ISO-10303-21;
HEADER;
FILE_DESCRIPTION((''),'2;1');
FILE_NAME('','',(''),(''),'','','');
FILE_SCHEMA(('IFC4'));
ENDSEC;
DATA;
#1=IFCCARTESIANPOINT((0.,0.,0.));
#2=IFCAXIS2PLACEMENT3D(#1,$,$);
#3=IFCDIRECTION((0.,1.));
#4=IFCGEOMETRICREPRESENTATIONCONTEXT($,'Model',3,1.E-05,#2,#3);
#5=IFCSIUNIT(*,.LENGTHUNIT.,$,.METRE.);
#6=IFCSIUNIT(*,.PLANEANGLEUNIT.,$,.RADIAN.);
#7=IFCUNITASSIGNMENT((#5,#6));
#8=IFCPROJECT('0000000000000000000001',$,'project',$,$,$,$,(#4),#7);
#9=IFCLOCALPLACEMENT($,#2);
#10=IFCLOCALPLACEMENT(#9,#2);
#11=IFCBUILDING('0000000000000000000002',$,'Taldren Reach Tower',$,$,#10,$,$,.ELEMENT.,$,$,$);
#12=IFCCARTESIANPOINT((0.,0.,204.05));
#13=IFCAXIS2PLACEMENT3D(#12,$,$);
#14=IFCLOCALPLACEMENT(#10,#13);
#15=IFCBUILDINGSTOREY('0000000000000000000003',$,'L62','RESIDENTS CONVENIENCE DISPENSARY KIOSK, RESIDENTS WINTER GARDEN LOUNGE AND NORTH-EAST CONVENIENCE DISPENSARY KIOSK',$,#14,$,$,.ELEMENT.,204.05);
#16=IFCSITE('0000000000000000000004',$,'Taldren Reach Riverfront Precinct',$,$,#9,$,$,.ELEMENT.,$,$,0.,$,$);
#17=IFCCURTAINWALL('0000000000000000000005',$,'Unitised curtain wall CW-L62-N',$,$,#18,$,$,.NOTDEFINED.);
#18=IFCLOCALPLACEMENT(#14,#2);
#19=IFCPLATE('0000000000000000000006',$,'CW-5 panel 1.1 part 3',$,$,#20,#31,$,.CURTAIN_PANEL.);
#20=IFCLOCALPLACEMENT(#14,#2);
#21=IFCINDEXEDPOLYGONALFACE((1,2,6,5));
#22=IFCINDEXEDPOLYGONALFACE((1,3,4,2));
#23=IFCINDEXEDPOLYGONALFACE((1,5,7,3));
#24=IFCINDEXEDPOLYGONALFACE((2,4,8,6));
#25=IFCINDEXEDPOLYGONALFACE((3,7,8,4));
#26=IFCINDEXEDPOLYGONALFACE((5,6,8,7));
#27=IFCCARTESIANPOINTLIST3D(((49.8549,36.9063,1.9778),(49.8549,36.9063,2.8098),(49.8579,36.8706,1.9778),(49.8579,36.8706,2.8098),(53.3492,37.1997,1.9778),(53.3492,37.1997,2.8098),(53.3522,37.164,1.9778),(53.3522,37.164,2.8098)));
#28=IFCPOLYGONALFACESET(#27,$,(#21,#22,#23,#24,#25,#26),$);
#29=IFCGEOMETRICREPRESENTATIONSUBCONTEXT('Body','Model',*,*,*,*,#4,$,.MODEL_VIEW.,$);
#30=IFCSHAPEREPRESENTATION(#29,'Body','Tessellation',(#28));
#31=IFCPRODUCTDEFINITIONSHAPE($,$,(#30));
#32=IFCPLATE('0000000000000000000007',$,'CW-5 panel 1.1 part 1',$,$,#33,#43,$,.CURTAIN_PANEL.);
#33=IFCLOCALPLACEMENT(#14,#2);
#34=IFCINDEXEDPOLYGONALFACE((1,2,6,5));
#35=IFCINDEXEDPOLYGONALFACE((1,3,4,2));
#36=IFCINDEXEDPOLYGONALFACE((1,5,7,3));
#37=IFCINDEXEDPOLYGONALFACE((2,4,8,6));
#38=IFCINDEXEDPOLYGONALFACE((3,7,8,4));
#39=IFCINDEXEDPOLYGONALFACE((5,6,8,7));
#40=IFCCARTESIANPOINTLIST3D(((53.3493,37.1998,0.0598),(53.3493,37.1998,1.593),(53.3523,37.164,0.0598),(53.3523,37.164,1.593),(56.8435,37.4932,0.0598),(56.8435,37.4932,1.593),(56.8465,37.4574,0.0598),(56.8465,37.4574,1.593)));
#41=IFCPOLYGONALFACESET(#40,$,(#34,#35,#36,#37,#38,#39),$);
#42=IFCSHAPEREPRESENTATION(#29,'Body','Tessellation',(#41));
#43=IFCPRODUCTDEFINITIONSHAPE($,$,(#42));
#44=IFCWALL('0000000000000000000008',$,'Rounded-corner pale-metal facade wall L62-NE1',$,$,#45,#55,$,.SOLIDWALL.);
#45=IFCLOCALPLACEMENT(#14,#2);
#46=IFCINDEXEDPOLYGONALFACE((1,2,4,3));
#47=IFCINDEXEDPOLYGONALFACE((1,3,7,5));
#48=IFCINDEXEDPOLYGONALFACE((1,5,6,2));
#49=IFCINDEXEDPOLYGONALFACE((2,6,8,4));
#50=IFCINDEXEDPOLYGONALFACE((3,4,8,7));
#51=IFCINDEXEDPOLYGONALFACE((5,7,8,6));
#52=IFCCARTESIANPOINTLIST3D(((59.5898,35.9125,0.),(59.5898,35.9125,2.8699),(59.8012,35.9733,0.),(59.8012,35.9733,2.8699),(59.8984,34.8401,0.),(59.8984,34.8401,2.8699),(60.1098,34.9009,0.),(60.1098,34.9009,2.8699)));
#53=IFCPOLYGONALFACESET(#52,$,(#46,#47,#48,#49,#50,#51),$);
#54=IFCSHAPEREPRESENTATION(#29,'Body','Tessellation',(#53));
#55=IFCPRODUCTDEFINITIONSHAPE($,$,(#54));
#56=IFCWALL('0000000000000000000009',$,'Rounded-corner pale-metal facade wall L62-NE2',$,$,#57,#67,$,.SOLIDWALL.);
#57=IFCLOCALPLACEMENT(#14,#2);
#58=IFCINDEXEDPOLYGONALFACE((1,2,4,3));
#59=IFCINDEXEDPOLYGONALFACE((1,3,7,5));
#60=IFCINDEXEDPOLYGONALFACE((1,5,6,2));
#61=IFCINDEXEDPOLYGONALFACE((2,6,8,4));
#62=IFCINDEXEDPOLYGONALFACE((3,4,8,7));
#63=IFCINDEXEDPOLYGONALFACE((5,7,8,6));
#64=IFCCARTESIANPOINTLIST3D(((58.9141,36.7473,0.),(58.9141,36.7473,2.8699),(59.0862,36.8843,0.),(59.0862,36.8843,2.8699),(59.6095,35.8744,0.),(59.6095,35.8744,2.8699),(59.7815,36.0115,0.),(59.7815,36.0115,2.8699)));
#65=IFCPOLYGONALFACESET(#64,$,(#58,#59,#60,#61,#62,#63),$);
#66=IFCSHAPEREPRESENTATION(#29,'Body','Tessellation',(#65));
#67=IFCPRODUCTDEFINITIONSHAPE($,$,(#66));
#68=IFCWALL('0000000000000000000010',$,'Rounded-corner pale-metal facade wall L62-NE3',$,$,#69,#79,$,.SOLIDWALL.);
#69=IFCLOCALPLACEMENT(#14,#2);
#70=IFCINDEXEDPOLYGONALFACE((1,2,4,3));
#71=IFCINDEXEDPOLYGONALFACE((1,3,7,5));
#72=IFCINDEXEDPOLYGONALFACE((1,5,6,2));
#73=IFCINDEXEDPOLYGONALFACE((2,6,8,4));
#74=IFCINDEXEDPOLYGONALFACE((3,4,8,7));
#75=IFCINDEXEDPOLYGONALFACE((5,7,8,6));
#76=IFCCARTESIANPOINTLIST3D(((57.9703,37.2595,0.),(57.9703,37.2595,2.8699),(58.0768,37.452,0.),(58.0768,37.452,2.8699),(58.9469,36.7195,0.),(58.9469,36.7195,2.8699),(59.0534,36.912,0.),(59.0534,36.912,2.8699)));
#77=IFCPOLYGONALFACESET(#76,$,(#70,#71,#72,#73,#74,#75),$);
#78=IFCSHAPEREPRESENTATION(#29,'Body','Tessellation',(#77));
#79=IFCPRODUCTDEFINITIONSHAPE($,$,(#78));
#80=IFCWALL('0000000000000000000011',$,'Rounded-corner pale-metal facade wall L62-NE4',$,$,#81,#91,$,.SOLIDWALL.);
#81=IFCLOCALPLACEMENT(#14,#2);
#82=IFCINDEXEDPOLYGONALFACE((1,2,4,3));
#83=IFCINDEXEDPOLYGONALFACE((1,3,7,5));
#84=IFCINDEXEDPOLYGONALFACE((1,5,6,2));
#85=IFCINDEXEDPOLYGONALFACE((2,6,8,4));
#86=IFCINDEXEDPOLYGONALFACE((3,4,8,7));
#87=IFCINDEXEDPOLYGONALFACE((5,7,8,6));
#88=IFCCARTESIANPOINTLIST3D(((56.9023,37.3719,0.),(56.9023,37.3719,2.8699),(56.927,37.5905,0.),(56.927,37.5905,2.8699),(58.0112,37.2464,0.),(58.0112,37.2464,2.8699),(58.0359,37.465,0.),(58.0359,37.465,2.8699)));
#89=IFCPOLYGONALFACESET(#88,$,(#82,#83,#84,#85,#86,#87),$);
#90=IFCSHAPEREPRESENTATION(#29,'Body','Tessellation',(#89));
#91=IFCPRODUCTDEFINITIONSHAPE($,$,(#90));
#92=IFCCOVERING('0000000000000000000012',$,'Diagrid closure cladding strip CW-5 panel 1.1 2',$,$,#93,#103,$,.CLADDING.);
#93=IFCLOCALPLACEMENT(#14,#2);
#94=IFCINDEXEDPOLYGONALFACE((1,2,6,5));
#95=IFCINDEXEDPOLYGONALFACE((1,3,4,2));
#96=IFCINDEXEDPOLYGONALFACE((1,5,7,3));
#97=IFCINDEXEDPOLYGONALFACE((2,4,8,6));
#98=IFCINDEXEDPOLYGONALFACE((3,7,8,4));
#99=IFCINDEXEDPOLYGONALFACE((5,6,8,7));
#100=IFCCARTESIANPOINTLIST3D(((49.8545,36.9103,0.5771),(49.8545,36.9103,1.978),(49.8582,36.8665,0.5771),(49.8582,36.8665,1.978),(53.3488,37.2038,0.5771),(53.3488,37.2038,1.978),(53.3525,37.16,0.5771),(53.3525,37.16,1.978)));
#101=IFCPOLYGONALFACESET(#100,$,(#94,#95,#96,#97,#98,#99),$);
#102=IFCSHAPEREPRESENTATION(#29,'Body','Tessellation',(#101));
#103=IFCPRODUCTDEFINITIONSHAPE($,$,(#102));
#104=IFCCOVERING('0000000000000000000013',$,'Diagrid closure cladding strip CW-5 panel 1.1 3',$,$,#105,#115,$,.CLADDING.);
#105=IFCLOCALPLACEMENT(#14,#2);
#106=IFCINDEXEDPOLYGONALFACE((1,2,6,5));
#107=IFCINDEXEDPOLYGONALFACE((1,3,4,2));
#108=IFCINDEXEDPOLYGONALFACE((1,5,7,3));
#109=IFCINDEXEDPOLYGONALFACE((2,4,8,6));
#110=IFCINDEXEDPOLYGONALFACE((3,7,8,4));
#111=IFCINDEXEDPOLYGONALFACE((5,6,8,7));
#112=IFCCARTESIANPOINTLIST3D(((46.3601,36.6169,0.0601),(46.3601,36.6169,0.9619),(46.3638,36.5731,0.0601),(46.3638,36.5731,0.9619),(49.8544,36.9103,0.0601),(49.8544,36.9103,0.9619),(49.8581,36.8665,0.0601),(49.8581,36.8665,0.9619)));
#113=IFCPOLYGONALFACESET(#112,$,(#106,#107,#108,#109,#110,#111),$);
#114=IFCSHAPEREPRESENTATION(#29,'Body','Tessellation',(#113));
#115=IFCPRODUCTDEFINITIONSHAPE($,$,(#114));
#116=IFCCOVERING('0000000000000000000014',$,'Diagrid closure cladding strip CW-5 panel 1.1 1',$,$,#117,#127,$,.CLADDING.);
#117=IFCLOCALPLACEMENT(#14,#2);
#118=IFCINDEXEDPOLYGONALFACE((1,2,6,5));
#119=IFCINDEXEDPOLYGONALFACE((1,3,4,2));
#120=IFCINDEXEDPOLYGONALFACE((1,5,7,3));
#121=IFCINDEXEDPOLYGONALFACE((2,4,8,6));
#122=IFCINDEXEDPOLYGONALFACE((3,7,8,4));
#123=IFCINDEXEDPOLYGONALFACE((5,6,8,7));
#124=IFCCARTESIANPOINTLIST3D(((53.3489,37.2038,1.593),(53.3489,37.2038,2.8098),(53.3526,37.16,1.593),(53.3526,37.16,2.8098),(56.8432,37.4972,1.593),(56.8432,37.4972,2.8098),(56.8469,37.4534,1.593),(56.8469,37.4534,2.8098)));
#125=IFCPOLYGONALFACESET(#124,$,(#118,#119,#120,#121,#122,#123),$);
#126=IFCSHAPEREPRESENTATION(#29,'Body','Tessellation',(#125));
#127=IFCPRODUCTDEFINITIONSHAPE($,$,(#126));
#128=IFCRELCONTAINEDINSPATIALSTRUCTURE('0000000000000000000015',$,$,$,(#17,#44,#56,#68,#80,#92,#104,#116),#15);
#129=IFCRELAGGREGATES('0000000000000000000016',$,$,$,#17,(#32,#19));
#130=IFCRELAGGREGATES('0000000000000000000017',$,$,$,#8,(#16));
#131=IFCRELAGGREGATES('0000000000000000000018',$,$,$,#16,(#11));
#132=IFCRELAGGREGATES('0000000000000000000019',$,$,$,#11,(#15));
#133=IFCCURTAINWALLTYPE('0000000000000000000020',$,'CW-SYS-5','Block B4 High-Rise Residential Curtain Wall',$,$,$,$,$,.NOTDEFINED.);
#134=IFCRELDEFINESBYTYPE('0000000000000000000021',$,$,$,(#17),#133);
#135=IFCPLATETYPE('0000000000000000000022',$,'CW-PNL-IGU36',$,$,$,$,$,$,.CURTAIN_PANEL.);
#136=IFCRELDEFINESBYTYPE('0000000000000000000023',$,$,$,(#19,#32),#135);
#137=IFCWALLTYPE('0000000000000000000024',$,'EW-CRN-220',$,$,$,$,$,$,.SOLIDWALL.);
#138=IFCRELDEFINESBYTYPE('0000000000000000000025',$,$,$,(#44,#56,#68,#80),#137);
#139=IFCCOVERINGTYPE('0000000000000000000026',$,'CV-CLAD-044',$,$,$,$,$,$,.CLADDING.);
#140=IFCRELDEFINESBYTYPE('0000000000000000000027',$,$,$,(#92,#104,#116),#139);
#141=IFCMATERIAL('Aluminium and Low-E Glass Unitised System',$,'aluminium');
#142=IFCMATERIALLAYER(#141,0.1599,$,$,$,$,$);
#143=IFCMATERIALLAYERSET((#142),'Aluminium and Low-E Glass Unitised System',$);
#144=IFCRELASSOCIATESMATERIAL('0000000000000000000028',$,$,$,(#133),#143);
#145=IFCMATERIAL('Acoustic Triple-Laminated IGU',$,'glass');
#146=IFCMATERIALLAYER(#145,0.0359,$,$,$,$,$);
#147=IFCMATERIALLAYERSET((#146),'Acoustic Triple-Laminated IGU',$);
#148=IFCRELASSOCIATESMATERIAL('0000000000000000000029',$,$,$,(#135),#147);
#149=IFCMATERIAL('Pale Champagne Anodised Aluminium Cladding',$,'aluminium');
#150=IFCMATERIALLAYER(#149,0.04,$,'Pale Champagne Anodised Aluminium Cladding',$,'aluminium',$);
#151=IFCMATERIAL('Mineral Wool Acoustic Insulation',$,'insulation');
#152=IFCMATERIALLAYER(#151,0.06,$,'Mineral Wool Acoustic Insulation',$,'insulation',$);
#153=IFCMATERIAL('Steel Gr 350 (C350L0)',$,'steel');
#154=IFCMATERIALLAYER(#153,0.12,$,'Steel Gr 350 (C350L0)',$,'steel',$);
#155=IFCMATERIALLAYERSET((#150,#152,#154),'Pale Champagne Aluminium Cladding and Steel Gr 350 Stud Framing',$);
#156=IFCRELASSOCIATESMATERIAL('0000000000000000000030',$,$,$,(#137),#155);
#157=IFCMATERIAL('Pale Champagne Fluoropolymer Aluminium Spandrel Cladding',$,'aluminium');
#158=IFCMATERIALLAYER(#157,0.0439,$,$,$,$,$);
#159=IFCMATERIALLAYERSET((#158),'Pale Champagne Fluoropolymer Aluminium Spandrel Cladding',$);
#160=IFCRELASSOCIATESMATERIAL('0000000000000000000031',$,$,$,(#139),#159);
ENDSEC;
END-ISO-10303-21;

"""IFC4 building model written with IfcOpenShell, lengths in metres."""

from ifc_helpers import new_model, si_unit, direction, frame, frame_2d, origin, origin_2d, place, context, subcontext, project, spatial, rectangle, extrude, source, transform, mapped, material, layer, layer_set, type_object, element, aggregate, save


model = new_model("IFC4")

# Units and contexts
model_context = context("Model", 3, precision=1e-05, world=origin(), true_north=direction((0.0, 1.0)))
body_context = subcontext(model_context, "Body", "Model", "MODEL_VIEW")
ifc_project = project(units=[si_unit("LENGTHUNIT", "METRE"), si_unit("PLANEANGLEUNIT", "RADIAN")], contexts=[model_context])

# Site, building, storey
site_placement = place(None, origin())
site = spatial("IfcSite", under=ifc_project, at=site_placement, Name="Taldren Reach Riverfront Precinct", CompositionType="ELEMENT", RefElevation=0.0)
building_placement = place(site_placement, origin())
building = spatial("IfcBuilding", under=site, at=building_placement, Name="Taldren Reach Tower", CompositionType="ELEMENT")
storey_placement = place(building_placement, frame((0.0, 0.0, 204.05)))
storey = spatial("IfcBuildingStorey", under=building, at=storey_placement, Name="L62", Description="RESIDENTS CONVENIENCE DISPENSARY KIOSK, RESIDENTS WINTER GARDEN LOUNGE AND NORTH-EAST CONVENIENCE DISPENSARY KIOSK", CompositionType="ELEMENT", Elevation=204.05)

# Shared definitions
ifc_material_1 = material(Name="Steel Gr 350 (C350L0)", Category="steel")

# Curtain wall
ifc_material_2 = material(Name="Aluminium and Low-E Glass Unitised System", Category="aluminium")
ifc_layer_1 = layer(ifc_material_2, 0.1599)
ifc_layer_set_1 = layer_set([ifc_layer_1], Name="Aluminium and Low-E Glass Unitised System")
curtain_wall_type = type_object("IfcCurtainWallType", Name="CW-SYS-5", Description="Block B4 High-Rise Residential Curtain Wall", PredefinedType="NOTDEFINED", material=ifc_layer_set_1)
curtain_wall_1_placement = place(storey_placement, origin())
curtain_wall_1 = element("IfcCurtainWall", 1, at=curtain_wall_1_placement, inside=storey, type_object=curtain_wall_type, Name="Unitised curtain wall CW-L62-N", PredefinedType="NOTDEFINED")

# Plates
ifc_material_3 = material(Name="Acoustic Triple-Laminated IGU", Category="glass")
ifc_layer_2 = layer(ifc_material_3, 0.0359)
ifc_layer_set_2 = layer_set([ifc_layer_2], Name="Acoustic Triple-Laminated IGU")
plate_type_1 = type_object("IfcPlateType", Name="CW-PNL-IGU36", PredefinedType="CURTAIN_PANEL", material=ifc_layer_set_2)
shared_shape_1 = source(origin(), body_context, "Body", "SweptSolid", [
    extrude(rectangle(XDim=3.5066, YDim=0.0359, at=origin_2d()), origin(), (0.0, 0.0, 1.0), 0.832),
])
plate_1_placement = place(storey_placement, frame((51.6035, 37.0352, 1.9778), z_axis=(0.0, 0.0, 1.0), x_axis=(-0.996493, -0.083678, 0.0)))
plate_1 = element("IfcPlate", 2, at=plate_1_placement, type_object=plate_type_1, Name="CW-5 panel 1.1 part 3", PredefinedType="CURTAIN_PANEL", context=body_context, shape_type="MappedRepresentation", body=[
    mapped(shared_shape_1, transform((0.0, 0.0, 0.0), scale=1.0)),
])
shared_shape_2 = source(origin(), body_context, "Body", "SweptSolid", [
    extrude(rectangle(XDim=3.5066, YDim=0.0359, at=origin_2d()), origin(), (0.0, 0.0, 1.0), 1.5332),
])
plate_2_placement = place(storey_placement, frame((55.0979, 37.3286, 0.0598), z_axis=(0.0, 0.0, 1.0), x_axis=(-0.996493, -0.083678, 0.0)))
plate_2 = element("IfcPlate", 3, at=plate_2_placement, type_object=plate_type_1, Name="CW-5 panel 1.1 part 1", PredefinedType="CURTAIN_PANEL", context=body_context, shape_type="MappedRepresentation", body=[
    mapped(shared_shape_2, transform((0.0, 0.0, 0.0), scale=1.0)),
])
aggregate(curtain_wall_1, [plate_2, plate_1])

# Walls
ifc_material_4 = material(Name="Pale Champagne Anodised Aluminium Cladding", Category="aluminium")
ifc_layer_3 = layer(ifc_material_4, 0.04, Name="Pale Champagne Anodised Aluminium Cladding", Category="aluminium")
ifc_material_5 = material(Name="Mineral Wool Acoustic Insulation", Category="insulation")
ifc_layer_4 = layer(ifc_material_5, 0.06, Name="Mineral Wool Acoustic Insulation", Category="insulation")
ifc_layer_5 = layer(ifc_material_1, 0.12, Name="Steel Gr 350 (C350L0)", Category="steel")
ifc_layer_set_3 = layer_set([ifc_layer_3, ifc_layer_4, ifc_layer_5], Name="Pale Champagne Aluminium Cladding and Steel Gr 350 Stud Framing")
wall_type = type_object("IfcWallType", Name="EW-CRN-220", PredefinedType="SOLIDWALL", material=ifc_layer_set_3)
shared_shape_3 = source(origin(), body_context, "Body", "SweptSolid", [
    extrude(rectangle(XDim=1.116, YDim=0.22, at=frame_2d((0.5581, 0.0))), origin(), (0.0, 0.0, 1.0), 2.8699),
])
for number, where, z_axis, x_axis, name in (
    (4, (60.0042, 34.8704, 0.0), (0.0, 0.0, 1.0), (-0.276512, 0.96101, 0.0), "Rounded-corner pale-metal facade wall L62-NE1"),
    (5, (59.6956, 35.9429, 0.0), (0.0, 0.0, 1.0), (-0.623093, 0.782148, 0.0), "Rounded-corner pale-metal facade wall L62-NE2"),
    (6, (59.0002, 36.8157, 0.0), (0.0, 0.0, 1.0), (-0.875105, 0.483933, 0.0), "Rounded-corner pale-metal facade wall L62-NE3"),
    (7, (58.0237, 37.3557, 0.0), (0.0, 0.0, 1.0), (-0.993658, 0.112448, 0.0), "Rounded-corner pale-metal facade wall L62-NE4"),
):
    element("IfcWall", number, at=place(storey_placement, frame(where, z_axis=z_axis, x_axis=x_axis)), inside=storey, type_object=wall_type, Name=name, PredefinedType="SOLIDWALL", context=body_context, shape_type="MappedRepresentation", body=[
        mapped(shared_shape_3, transform((0.0, 0.0, 0.0), scale=1.0)),
    ])

# Coverings
ifc_material_6 = material(Name="Pale Champagne Fluoropolymer Aluminium Spandrel Cladding", Category="aluminium")
ifc_layer_6 = layer(ifc_material_6, 0.0439)
ifc_layer_set_4 = layer_set([ifc_layer_6], Name="Pale Champagne Fluoropolymer Aluminium Spandrel Cladding")
covering_type = type_object("IfcCoveringType", Name="CV-CLAD-044", PredefinedType="CLADDING", material=ifc_layer_set_4)
shared_shape_4 = source(origin(), body_context, "Body", "SweptSolid", [
    extrude(rectangle(XDim=3.5066, YDim=0.0439, at=origin_2d()), origin(), (0.0, 0.0, 1.0), 1.4009),
])
covering_1_placement = place(storey_placement, frame((51.6035, 37.0352, 0.5771), z_axis=(0.0, 0.0, 1.0), x_axis=(-0.996493, -0.083678, 0.0)))
element("IfcCovering", 8, at=covering_1_placement, inside=storey, type_object=covering_type, Name="Diagrid closure cladding strip CW-5 panel 1.1 2", PredefinedType="CLADDING", context=body_context, shape_type="MappedRepresentation", body=[
    mapped(shared_shape_4, transform((0.0, 0.0, 0.0), scale=1.0)),
])
shared_shape_5 = source(origin(), body_context, "Body", "SweptSolid", [
    extrude(rectangle(XDim=3.5066, YDim=0.0439, at=origin_2d()), origin(), (0.0, 0.0, 1.0), 0.9019),
])
covering_2_placement = place(storey_placement, frame((48.1091, 36.7417, 0.0601), z_axis=(0.0, 0.0, 1.0), x_axis=(-0.996493, -0.083678, 0.0)))
element("IfcCovering", 9, at=covering_2_placement, inside=storey, type_object=covering_type, Name="Diagrid closure cladding strip CW-5 panel 1.1 3", PredefinedType="CLADDING", context=body_context, shape_type="MappedRepresentation", body=[
    mapped(shared_shape_5, transform((0.0, 0.0, 0.0), scale=1.0)),
])
shared_shape_6 = source(origin(), body_context, "Body", "SweptSolid", [
    extrude(rectangle(XDim=3.5066, YDim=0.0439, at=origin_2d()), origin(), (0.0, 0.0, 1.0), 1.2168),
])
covering_3_placement = place(storey_placement, frame((55.0979, 37.3286, 1.593), z_axis=(0.0, 0.0, 1.0), x_axis=(-0.996493, -0.083678, 0.0)))
element("IfcCovering", 10, at=covering_3_placement, inside=storey, type_object=covering_type, Name="Diagrid closure cladding strip CW-5 panel 1.1 1", PredefinedType="CLADDING", context=body_context, shape_type="MappedRepresentation", body=[
    mapped(shared_shape_6, transform((0.0, 0.0, 0.0), scale=1.0)),
])

save(model, "model.ifc")
